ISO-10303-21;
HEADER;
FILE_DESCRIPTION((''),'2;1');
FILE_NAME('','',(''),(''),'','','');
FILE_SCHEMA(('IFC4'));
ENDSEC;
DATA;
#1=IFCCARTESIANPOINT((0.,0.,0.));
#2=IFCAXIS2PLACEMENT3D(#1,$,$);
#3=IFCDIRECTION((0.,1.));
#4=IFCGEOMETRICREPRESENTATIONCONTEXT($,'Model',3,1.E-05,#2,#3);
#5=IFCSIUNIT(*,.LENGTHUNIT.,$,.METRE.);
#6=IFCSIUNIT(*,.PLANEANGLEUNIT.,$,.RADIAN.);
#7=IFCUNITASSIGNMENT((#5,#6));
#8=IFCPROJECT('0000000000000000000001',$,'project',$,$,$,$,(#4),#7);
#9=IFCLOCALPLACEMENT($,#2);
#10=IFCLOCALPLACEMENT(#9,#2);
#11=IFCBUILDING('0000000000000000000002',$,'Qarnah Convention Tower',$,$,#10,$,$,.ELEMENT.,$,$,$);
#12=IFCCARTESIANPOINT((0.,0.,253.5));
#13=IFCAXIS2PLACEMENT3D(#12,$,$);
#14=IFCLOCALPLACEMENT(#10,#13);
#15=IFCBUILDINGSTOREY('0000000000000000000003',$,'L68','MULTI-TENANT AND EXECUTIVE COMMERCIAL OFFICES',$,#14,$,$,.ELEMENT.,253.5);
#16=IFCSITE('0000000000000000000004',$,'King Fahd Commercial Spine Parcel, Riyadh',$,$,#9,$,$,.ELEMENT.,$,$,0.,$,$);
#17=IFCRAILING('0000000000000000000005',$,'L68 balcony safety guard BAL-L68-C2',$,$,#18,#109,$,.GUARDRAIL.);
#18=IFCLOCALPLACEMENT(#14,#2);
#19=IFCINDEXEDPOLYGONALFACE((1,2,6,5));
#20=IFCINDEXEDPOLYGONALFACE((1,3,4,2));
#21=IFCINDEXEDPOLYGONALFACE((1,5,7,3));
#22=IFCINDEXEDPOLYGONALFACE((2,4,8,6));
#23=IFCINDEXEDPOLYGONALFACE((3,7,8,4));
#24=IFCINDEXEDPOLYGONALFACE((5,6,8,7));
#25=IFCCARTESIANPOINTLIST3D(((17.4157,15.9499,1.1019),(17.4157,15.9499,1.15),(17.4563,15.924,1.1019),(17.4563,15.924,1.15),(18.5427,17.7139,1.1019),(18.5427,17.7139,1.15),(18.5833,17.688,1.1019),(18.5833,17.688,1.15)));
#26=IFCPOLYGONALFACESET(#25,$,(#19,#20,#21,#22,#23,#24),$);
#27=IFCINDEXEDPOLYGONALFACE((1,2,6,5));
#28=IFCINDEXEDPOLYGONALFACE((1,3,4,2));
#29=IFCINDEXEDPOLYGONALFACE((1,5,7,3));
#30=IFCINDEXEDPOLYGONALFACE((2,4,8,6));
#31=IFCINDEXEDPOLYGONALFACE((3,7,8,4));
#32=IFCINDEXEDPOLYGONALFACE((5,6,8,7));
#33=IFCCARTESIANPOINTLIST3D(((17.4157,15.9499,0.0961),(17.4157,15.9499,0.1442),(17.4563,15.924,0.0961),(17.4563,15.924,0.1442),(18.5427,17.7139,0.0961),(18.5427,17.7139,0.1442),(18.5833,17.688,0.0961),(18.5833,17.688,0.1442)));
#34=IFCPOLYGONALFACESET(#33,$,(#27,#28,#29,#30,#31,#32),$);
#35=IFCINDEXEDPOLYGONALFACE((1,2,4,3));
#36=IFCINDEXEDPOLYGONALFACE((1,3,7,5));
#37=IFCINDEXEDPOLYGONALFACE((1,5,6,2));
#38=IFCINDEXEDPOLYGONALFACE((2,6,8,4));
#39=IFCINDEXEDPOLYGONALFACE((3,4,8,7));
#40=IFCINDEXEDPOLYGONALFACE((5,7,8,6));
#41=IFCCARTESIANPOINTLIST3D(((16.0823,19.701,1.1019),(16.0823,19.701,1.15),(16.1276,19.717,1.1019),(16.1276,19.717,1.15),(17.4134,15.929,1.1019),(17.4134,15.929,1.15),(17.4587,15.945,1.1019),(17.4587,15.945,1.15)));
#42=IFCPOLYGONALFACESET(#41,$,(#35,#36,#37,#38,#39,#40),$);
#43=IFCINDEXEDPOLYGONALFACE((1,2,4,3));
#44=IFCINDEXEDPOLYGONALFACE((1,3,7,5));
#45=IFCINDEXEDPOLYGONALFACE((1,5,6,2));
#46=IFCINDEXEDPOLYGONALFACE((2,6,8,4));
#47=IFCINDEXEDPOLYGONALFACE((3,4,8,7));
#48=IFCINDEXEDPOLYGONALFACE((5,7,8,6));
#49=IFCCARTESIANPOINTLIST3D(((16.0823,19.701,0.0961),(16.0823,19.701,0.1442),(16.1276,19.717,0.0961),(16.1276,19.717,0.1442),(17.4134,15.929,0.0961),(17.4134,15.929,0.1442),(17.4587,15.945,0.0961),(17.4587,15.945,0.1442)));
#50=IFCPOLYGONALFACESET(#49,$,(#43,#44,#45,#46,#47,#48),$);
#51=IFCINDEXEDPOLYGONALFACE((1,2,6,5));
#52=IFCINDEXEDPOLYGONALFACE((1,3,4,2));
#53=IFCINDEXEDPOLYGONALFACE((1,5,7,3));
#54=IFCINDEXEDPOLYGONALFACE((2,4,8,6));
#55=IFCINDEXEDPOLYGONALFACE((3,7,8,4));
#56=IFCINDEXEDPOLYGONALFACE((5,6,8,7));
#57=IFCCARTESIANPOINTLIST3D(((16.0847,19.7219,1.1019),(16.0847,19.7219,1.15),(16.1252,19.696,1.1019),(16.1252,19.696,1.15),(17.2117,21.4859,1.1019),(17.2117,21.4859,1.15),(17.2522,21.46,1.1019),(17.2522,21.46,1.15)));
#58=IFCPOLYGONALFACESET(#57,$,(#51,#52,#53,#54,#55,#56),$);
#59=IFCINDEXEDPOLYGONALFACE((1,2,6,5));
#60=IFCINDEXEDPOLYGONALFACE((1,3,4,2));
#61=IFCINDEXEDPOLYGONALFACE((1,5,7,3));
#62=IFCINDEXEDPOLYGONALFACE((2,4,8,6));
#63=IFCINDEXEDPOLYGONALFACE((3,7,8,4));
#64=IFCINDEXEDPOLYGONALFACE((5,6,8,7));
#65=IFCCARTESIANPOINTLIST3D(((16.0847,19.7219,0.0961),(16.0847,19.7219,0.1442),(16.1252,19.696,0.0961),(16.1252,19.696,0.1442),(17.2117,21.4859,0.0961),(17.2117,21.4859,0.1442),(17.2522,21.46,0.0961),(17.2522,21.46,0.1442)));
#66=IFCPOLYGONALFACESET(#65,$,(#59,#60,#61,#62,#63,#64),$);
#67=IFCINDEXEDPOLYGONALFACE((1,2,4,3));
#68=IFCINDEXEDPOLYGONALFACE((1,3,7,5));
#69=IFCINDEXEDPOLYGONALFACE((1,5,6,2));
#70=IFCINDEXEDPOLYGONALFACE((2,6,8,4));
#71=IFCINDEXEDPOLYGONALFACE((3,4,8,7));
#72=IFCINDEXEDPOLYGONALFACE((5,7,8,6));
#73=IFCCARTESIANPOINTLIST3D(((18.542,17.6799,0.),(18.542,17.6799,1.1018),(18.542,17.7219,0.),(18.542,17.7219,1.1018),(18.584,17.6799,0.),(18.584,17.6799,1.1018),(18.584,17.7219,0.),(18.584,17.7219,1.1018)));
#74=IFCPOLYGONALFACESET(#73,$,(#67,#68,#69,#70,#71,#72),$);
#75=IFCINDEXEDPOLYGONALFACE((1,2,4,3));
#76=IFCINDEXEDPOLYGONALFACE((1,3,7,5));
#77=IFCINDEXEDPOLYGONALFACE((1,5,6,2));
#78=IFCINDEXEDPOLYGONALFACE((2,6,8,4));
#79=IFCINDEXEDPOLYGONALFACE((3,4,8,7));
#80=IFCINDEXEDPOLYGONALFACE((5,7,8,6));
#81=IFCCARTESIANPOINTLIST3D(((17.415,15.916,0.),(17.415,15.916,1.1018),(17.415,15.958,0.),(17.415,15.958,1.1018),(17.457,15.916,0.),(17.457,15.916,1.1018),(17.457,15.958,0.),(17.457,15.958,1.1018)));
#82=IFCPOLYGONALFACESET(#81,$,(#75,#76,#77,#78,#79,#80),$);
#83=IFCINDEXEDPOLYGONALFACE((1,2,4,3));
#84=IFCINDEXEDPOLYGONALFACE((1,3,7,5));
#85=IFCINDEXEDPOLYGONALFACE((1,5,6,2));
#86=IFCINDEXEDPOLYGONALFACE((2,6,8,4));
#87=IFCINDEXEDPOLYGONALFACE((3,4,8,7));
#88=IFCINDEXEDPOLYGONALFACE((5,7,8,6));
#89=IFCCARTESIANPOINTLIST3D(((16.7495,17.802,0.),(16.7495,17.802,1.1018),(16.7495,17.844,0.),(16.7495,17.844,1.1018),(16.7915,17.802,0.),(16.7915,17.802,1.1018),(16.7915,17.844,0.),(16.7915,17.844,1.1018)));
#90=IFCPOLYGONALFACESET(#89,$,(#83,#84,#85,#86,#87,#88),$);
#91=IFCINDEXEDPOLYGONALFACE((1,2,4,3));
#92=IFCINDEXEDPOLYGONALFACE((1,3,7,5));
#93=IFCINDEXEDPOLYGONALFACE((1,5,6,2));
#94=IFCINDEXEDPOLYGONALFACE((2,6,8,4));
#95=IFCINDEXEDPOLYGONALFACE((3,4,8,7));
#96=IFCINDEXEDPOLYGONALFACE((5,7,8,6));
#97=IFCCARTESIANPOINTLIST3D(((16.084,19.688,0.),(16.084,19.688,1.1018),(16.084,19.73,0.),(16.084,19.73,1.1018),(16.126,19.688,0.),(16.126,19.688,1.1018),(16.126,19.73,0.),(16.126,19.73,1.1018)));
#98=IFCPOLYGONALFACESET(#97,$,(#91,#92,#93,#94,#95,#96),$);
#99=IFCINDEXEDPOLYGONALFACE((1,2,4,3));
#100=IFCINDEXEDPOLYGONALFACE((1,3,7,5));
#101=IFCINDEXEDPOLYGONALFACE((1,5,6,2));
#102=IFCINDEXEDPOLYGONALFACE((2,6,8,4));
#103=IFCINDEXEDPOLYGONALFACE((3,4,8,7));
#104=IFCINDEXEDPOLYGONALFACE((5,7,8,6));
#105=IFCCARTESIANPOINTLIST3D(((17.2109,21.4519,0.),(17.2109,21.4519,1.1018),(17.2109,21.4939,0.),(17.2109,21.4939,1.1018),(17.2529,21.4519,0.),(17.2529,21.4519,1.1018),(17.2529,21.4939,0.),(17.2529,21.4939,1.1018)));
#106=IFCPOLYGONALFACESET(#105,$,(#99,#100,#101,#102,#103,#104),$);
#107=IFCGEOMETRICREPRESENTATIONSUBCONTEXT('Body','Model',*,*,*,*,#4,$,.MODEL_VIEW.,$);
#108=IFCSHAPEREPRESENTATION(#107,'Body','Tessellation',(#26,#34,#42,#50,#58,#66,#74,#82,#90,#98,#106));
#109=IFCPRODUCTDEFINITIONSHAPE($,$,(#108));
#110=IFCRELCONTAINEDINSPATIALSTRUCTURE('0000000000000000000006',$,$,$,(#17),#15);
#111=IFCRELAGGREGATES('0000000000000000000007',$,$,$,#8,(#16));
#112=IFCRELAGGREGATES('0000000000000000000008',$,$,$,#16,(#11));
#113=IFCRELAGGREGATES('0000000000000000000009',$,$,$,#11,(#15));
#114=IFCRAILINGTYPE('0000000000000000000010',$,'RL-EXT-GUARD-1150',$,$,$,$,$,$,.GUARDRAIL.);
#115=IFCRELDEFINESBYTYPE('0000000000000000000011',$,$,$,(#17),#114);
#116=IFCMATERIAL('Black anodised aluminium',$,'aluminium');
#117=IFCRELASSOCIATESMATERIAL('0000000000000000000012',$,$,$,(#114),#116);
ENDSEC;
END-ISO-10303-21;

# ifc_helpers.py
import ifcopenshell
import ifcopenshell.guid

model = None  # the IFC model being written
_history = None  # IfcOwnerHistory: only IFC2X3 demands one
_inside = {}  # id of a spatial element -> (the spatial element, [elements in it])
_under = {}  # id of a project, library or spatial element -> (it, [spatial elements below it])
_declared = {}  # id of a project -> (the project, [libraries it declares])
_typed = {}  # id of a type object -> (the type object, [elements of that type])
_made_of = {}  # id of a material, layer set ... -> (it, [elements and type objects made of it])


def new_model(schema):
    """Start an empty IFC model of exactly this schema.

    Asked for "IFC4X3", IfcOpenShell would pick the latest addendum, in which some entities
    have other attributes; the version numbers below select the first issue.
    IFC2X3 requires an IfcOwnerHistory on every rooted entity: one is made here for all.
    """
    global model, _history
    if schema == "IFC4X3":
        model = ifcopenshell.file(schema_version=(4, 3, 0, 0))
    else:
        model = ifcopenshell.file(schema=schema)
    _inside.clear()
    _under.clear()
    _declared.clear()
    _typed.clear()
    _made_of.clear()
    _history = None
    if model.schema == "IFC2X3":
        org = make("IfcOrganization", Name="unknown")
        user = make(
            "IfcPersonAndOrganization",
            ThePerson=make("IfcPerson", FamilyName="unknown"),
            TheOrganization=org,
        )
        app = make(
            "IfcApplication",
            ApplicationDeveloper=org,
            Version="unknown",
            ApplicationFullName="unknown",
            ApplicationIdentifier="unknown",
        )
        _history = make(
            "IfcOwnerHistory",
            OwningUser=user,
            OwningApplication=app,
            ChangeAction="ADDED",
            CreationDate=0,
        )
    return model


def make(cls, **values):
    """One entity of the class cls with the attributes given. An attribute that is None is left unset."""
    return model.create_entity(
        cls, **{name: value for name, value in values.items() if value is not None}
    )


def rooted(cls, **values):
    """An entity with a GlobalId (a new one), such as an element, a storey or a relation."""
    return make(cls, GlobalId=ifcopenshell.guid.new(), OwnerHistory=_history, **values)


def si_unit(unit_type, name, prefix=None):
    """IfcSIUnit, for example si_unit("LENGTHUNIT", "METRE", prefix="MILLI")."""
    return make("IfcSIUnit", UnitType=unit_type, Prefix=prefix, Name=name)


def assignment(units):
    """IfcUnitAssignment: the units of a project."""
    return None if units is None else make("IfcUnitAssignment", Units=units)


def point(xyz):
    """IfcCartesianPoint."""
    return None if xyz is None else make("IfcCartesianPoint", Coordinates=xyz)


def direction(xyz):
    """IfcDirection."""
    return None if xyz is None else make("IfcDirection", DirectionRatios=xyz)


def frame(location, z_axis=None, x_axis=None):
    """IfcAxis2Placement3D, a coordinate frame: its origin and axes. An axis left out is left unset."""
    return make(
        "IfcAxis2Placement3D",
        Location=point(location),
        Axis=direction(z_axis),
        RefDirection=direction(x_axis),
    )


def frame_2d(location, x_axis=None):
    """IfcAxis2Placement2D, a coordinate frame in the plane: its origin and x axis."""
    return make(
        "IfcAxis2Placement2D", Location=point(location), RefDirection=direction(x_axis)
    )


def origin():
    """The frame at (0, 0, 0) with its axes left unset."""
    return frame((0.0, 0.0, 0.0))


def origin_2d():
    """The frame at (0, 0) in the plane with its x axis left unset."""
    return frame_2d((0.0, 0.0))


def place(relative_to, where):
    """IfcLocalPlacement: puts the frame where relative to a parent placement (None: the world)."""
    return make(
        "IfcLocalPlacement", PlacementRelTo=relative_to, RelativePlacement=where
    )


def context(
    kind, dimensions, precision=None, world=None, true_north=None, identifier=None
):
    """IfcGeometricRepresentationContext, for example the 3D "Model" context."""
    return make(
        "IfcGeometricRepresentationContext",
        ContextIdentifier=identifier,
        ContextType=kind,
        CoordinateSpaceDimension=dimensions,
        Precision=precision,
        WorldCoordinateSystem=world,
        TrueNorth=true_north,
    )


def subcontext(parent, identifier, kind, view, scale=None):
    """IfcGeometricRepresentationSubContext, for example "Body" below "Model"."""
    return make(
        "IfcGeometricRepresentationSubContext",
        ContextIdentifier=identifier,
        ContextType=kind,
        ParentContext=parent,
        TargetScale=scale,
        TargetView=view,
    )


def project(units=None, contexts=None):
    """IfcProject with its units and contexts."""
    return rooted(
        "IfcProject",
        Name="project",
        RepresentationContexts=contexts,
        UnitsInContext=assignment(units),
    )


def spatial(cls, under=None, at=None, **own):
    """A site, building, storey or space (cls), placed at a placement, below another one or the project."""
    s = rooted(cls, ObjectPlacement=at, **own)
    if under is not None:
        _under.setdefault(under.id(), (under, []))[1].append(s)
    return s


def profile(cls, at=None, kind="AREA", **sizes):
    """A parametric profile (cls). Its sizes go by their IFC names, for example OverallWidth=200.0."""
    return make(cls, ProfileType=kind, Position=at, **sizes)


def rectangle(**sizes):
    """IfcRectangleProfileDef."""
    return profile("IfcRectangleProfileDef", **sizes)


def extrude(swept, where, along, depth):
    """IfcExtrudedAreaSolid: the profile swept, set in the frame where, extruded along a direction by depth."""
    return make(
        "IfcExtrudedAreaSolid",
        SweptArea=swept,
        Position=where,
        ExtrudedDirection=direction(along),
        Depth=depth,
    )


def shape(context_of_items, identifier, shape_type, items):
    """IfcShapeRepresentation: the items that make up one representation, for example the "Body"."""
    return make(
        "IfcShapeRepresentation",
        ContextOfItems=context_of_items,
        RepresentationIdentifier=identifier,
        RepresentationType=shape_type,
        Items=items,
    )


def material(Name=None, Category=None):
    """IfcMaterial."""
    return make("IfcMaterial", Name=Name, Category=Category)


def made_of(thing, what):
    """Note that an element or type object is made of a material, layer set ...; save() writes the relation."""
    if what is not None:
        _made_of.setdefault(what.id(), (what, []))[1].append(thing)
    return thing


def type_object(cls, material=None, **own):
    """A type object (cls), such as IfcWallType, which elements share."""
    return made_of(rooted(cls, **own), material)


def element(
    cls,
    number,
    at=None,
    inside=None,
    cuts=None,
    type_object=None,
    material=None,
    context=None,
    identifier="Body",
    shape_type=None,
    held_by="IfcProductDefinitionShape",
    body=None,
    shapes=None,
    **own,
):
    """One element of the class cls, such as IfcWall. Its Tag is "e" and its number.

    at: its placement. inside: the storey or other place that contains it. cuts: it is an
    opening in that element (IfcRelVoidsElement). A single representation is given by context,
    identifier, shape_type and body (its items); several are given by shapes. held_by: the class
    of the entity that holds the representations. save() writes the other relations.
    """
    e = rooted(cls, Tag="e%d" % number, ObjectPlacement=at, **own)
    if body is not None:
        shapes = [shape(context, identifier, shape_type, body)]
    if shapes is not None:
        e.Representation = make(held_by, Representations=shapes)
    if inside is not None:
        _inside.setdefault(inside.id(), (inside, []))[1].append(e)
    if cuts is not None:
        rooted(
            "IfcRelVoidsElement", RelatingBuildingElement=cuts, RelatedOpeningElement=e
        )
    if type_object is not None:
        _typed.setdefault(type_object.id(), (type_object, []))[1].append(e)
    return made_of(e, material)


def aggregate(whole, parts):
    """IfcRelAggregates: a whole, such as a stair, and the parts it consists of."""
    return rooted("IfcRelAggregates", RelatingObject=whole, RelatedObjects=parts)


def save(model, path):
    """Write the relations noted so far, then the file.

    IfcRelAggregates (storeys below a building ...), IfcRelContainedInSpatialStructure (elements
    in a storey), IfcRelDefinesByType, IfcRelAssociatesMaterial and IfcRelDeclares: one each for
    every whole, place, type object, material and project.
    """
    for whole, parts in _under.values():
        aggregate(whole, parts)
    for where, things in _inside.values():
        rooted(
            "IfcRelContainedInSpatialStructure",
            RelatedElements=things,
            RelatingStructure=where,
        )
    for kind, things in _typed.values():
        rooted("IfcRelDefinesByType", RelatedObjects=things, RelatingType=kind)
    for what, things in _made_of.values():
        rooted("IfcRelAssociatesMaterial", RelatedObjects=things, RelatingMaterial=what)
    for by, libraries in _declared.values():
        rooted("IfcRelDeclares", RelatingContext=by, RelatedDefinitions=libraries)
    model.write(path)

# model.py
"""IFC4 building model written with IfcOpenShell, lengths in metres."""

from ifc_helpers import new_model, si_unit, direction, frame, origin, origin_2d, place, context, subcontext, project, spatial, rectangle, extrude, material, type_object, element, save


model = new_model("IFC4")

# Units and contexts
model_context = context("Model", 3, precision=1e-05, world=origin(), true_north=direction((0.0, 1.0)))
body_context = subcontext(model_context, "Body", "Model", "MODEL_VIEW")
ifc_project = project(units=[si_unit("LENGTHUNIT", "METRE"), si_unit("PLANEANGLEUNIT", "RADIAN")], contexts=[model_context])

# Site, building, storey
site_placement = place(None, origin())
site = spatial("IfcSite", under=ifc_project, at=site_placement, Name="King Fahd Commercial Spine Parcel, Riyadh", CompositionType="ELEMENT", RefElevation=0.0)
building_placement = place(site_placement, origin())
building = spatial("IfcBuilding", under=site, at=building_placement, Name="Qarnah Convention Tower", CompositionType="ELEMENT")
storey_placement = place(building_placement, frame((0.0, 0.0, 253.5)))
storey = spatial("IfcBuildingStorey", under=building, at=storey_placement, Name="L68", Description="MULTI-TENANT AND EXECUTIVE COMMERCIAL OFFICES", CompositionType="ELEMENT", Elevation=253.5)

# Shared definitions
ifc_material_1 = material(Name="Black anodised aluminium", Category="aluminium")

# Railing
railing_type = type_object("IfcRailingType", Name="RL-EXT-GUARD-1150", PredefinedType="GUARDRAIL", material=ifc_material_1)
railing_1_placement = place(storey_placement, frame((18.563, 17.7009, 0.0)))
element("IfcRailing", 1, at=railing_1_placement, inside=storey, type_object=railing_type, Name="L68 balcony safety guard BAL-L68-C2", PredefinedType="GUARDRAIL", context=body_context, shape_type="SweptSolid", body=[
    extrude(rectangle(XDim=0.0481, YDim=0.0481, at=origin_2d()), frame((0.0, 0.0, 1.126), z_axis=(-0.538392, -0.842695, 0.0), x_axis=(0.842695, -0.538392, 0.0)), (0.0, 0.0, 1.0), 2.0933),
    extrude(rectangle(XDim=0.0481, YDim=0.0481, at=origin_2d()), frame((0.0, 0.0, 0.1201), z_axis=(-0.538392, -0.842695, 0.0), x_axis=(0.842695, -0.538392, 0.0)), (0.0, 0.0, 1.0), 2.0933),
    extrude(rectangle(XDim=0.0481, YDim=0.0481, at=origin_2d()), frame((-1.127, -1.7639, 1.126), z_axis=(-0.332769, 0.943008, 0.0), x_axis=(-0.943008, -0.332769, 0.0)), (0.0, 0.0, 1.0), 4.0),
    extrude(rectangle(XDim=0.0481, YDim=0.0481, at=origin_2d()), frame((-1.127, -1.7639, 0.1201), z_axis=(-0.332769, 0.943008, 0.0), x_axis=(-0.943008, -0.332769, 0.0)), (0.0, 0.0, 1.0), 4.0),
    extrude(rectangle(XDim=0.0481, YDim=0.0481, at=origin_2d()), frame((-2.458, 2.0081, 1.126), z_axis=(0.538392, 0.842695, 0.0), x_axis=(-0.842695, 0.538392, 0.0)), (0.0, 0.0, 1.0), 2.0933),
    extrude(rectangle(XDim=0.0481, YDim=0.0481, at=origin_2d()), frame((-2.458, 2.0081, 0.1201), z_axis=(0.538392, 0.842695, 0.0), x_axis=(-0.842695, 0.538392, 0.0)), (0.0, 0.0, 1.0), 2.0933),
    extrude(rectangle(XDim=0.042, YDim=0.042, at=origin_2d()), origin(), (0.0, 0.0, 1.0), 1.1018),
    extrude(rectangle(XDim=0.042, YDim=0.042, at=origin_2d()), frame((-1.127, -1.7639, 0.0)), (0.0, 0.0, 1.0), 1.1018),
    extrude(rectangle(XDim=0.042, YDim=0.042, at=origin_2d()), frame((-1.7925, 0.1221, 0.0)), (0.0, 0.0, 1.0), 1.1018),
    extrude(rectangle(XDim=0.042, YDim=0.042, at=origin_2d()), frame((-2.458, 2.0081, 0.0)), (0.0, 0.0, 1.0), 1.1018),
    extrude(rectangle(XDim=0.042, YDim=0.042, at=origin_2d()), frame((-1.3311, 3.772, 0.0)), (0.0, 0.0, 1.0), 1.1018),
])

save(model, "model.ifc")
